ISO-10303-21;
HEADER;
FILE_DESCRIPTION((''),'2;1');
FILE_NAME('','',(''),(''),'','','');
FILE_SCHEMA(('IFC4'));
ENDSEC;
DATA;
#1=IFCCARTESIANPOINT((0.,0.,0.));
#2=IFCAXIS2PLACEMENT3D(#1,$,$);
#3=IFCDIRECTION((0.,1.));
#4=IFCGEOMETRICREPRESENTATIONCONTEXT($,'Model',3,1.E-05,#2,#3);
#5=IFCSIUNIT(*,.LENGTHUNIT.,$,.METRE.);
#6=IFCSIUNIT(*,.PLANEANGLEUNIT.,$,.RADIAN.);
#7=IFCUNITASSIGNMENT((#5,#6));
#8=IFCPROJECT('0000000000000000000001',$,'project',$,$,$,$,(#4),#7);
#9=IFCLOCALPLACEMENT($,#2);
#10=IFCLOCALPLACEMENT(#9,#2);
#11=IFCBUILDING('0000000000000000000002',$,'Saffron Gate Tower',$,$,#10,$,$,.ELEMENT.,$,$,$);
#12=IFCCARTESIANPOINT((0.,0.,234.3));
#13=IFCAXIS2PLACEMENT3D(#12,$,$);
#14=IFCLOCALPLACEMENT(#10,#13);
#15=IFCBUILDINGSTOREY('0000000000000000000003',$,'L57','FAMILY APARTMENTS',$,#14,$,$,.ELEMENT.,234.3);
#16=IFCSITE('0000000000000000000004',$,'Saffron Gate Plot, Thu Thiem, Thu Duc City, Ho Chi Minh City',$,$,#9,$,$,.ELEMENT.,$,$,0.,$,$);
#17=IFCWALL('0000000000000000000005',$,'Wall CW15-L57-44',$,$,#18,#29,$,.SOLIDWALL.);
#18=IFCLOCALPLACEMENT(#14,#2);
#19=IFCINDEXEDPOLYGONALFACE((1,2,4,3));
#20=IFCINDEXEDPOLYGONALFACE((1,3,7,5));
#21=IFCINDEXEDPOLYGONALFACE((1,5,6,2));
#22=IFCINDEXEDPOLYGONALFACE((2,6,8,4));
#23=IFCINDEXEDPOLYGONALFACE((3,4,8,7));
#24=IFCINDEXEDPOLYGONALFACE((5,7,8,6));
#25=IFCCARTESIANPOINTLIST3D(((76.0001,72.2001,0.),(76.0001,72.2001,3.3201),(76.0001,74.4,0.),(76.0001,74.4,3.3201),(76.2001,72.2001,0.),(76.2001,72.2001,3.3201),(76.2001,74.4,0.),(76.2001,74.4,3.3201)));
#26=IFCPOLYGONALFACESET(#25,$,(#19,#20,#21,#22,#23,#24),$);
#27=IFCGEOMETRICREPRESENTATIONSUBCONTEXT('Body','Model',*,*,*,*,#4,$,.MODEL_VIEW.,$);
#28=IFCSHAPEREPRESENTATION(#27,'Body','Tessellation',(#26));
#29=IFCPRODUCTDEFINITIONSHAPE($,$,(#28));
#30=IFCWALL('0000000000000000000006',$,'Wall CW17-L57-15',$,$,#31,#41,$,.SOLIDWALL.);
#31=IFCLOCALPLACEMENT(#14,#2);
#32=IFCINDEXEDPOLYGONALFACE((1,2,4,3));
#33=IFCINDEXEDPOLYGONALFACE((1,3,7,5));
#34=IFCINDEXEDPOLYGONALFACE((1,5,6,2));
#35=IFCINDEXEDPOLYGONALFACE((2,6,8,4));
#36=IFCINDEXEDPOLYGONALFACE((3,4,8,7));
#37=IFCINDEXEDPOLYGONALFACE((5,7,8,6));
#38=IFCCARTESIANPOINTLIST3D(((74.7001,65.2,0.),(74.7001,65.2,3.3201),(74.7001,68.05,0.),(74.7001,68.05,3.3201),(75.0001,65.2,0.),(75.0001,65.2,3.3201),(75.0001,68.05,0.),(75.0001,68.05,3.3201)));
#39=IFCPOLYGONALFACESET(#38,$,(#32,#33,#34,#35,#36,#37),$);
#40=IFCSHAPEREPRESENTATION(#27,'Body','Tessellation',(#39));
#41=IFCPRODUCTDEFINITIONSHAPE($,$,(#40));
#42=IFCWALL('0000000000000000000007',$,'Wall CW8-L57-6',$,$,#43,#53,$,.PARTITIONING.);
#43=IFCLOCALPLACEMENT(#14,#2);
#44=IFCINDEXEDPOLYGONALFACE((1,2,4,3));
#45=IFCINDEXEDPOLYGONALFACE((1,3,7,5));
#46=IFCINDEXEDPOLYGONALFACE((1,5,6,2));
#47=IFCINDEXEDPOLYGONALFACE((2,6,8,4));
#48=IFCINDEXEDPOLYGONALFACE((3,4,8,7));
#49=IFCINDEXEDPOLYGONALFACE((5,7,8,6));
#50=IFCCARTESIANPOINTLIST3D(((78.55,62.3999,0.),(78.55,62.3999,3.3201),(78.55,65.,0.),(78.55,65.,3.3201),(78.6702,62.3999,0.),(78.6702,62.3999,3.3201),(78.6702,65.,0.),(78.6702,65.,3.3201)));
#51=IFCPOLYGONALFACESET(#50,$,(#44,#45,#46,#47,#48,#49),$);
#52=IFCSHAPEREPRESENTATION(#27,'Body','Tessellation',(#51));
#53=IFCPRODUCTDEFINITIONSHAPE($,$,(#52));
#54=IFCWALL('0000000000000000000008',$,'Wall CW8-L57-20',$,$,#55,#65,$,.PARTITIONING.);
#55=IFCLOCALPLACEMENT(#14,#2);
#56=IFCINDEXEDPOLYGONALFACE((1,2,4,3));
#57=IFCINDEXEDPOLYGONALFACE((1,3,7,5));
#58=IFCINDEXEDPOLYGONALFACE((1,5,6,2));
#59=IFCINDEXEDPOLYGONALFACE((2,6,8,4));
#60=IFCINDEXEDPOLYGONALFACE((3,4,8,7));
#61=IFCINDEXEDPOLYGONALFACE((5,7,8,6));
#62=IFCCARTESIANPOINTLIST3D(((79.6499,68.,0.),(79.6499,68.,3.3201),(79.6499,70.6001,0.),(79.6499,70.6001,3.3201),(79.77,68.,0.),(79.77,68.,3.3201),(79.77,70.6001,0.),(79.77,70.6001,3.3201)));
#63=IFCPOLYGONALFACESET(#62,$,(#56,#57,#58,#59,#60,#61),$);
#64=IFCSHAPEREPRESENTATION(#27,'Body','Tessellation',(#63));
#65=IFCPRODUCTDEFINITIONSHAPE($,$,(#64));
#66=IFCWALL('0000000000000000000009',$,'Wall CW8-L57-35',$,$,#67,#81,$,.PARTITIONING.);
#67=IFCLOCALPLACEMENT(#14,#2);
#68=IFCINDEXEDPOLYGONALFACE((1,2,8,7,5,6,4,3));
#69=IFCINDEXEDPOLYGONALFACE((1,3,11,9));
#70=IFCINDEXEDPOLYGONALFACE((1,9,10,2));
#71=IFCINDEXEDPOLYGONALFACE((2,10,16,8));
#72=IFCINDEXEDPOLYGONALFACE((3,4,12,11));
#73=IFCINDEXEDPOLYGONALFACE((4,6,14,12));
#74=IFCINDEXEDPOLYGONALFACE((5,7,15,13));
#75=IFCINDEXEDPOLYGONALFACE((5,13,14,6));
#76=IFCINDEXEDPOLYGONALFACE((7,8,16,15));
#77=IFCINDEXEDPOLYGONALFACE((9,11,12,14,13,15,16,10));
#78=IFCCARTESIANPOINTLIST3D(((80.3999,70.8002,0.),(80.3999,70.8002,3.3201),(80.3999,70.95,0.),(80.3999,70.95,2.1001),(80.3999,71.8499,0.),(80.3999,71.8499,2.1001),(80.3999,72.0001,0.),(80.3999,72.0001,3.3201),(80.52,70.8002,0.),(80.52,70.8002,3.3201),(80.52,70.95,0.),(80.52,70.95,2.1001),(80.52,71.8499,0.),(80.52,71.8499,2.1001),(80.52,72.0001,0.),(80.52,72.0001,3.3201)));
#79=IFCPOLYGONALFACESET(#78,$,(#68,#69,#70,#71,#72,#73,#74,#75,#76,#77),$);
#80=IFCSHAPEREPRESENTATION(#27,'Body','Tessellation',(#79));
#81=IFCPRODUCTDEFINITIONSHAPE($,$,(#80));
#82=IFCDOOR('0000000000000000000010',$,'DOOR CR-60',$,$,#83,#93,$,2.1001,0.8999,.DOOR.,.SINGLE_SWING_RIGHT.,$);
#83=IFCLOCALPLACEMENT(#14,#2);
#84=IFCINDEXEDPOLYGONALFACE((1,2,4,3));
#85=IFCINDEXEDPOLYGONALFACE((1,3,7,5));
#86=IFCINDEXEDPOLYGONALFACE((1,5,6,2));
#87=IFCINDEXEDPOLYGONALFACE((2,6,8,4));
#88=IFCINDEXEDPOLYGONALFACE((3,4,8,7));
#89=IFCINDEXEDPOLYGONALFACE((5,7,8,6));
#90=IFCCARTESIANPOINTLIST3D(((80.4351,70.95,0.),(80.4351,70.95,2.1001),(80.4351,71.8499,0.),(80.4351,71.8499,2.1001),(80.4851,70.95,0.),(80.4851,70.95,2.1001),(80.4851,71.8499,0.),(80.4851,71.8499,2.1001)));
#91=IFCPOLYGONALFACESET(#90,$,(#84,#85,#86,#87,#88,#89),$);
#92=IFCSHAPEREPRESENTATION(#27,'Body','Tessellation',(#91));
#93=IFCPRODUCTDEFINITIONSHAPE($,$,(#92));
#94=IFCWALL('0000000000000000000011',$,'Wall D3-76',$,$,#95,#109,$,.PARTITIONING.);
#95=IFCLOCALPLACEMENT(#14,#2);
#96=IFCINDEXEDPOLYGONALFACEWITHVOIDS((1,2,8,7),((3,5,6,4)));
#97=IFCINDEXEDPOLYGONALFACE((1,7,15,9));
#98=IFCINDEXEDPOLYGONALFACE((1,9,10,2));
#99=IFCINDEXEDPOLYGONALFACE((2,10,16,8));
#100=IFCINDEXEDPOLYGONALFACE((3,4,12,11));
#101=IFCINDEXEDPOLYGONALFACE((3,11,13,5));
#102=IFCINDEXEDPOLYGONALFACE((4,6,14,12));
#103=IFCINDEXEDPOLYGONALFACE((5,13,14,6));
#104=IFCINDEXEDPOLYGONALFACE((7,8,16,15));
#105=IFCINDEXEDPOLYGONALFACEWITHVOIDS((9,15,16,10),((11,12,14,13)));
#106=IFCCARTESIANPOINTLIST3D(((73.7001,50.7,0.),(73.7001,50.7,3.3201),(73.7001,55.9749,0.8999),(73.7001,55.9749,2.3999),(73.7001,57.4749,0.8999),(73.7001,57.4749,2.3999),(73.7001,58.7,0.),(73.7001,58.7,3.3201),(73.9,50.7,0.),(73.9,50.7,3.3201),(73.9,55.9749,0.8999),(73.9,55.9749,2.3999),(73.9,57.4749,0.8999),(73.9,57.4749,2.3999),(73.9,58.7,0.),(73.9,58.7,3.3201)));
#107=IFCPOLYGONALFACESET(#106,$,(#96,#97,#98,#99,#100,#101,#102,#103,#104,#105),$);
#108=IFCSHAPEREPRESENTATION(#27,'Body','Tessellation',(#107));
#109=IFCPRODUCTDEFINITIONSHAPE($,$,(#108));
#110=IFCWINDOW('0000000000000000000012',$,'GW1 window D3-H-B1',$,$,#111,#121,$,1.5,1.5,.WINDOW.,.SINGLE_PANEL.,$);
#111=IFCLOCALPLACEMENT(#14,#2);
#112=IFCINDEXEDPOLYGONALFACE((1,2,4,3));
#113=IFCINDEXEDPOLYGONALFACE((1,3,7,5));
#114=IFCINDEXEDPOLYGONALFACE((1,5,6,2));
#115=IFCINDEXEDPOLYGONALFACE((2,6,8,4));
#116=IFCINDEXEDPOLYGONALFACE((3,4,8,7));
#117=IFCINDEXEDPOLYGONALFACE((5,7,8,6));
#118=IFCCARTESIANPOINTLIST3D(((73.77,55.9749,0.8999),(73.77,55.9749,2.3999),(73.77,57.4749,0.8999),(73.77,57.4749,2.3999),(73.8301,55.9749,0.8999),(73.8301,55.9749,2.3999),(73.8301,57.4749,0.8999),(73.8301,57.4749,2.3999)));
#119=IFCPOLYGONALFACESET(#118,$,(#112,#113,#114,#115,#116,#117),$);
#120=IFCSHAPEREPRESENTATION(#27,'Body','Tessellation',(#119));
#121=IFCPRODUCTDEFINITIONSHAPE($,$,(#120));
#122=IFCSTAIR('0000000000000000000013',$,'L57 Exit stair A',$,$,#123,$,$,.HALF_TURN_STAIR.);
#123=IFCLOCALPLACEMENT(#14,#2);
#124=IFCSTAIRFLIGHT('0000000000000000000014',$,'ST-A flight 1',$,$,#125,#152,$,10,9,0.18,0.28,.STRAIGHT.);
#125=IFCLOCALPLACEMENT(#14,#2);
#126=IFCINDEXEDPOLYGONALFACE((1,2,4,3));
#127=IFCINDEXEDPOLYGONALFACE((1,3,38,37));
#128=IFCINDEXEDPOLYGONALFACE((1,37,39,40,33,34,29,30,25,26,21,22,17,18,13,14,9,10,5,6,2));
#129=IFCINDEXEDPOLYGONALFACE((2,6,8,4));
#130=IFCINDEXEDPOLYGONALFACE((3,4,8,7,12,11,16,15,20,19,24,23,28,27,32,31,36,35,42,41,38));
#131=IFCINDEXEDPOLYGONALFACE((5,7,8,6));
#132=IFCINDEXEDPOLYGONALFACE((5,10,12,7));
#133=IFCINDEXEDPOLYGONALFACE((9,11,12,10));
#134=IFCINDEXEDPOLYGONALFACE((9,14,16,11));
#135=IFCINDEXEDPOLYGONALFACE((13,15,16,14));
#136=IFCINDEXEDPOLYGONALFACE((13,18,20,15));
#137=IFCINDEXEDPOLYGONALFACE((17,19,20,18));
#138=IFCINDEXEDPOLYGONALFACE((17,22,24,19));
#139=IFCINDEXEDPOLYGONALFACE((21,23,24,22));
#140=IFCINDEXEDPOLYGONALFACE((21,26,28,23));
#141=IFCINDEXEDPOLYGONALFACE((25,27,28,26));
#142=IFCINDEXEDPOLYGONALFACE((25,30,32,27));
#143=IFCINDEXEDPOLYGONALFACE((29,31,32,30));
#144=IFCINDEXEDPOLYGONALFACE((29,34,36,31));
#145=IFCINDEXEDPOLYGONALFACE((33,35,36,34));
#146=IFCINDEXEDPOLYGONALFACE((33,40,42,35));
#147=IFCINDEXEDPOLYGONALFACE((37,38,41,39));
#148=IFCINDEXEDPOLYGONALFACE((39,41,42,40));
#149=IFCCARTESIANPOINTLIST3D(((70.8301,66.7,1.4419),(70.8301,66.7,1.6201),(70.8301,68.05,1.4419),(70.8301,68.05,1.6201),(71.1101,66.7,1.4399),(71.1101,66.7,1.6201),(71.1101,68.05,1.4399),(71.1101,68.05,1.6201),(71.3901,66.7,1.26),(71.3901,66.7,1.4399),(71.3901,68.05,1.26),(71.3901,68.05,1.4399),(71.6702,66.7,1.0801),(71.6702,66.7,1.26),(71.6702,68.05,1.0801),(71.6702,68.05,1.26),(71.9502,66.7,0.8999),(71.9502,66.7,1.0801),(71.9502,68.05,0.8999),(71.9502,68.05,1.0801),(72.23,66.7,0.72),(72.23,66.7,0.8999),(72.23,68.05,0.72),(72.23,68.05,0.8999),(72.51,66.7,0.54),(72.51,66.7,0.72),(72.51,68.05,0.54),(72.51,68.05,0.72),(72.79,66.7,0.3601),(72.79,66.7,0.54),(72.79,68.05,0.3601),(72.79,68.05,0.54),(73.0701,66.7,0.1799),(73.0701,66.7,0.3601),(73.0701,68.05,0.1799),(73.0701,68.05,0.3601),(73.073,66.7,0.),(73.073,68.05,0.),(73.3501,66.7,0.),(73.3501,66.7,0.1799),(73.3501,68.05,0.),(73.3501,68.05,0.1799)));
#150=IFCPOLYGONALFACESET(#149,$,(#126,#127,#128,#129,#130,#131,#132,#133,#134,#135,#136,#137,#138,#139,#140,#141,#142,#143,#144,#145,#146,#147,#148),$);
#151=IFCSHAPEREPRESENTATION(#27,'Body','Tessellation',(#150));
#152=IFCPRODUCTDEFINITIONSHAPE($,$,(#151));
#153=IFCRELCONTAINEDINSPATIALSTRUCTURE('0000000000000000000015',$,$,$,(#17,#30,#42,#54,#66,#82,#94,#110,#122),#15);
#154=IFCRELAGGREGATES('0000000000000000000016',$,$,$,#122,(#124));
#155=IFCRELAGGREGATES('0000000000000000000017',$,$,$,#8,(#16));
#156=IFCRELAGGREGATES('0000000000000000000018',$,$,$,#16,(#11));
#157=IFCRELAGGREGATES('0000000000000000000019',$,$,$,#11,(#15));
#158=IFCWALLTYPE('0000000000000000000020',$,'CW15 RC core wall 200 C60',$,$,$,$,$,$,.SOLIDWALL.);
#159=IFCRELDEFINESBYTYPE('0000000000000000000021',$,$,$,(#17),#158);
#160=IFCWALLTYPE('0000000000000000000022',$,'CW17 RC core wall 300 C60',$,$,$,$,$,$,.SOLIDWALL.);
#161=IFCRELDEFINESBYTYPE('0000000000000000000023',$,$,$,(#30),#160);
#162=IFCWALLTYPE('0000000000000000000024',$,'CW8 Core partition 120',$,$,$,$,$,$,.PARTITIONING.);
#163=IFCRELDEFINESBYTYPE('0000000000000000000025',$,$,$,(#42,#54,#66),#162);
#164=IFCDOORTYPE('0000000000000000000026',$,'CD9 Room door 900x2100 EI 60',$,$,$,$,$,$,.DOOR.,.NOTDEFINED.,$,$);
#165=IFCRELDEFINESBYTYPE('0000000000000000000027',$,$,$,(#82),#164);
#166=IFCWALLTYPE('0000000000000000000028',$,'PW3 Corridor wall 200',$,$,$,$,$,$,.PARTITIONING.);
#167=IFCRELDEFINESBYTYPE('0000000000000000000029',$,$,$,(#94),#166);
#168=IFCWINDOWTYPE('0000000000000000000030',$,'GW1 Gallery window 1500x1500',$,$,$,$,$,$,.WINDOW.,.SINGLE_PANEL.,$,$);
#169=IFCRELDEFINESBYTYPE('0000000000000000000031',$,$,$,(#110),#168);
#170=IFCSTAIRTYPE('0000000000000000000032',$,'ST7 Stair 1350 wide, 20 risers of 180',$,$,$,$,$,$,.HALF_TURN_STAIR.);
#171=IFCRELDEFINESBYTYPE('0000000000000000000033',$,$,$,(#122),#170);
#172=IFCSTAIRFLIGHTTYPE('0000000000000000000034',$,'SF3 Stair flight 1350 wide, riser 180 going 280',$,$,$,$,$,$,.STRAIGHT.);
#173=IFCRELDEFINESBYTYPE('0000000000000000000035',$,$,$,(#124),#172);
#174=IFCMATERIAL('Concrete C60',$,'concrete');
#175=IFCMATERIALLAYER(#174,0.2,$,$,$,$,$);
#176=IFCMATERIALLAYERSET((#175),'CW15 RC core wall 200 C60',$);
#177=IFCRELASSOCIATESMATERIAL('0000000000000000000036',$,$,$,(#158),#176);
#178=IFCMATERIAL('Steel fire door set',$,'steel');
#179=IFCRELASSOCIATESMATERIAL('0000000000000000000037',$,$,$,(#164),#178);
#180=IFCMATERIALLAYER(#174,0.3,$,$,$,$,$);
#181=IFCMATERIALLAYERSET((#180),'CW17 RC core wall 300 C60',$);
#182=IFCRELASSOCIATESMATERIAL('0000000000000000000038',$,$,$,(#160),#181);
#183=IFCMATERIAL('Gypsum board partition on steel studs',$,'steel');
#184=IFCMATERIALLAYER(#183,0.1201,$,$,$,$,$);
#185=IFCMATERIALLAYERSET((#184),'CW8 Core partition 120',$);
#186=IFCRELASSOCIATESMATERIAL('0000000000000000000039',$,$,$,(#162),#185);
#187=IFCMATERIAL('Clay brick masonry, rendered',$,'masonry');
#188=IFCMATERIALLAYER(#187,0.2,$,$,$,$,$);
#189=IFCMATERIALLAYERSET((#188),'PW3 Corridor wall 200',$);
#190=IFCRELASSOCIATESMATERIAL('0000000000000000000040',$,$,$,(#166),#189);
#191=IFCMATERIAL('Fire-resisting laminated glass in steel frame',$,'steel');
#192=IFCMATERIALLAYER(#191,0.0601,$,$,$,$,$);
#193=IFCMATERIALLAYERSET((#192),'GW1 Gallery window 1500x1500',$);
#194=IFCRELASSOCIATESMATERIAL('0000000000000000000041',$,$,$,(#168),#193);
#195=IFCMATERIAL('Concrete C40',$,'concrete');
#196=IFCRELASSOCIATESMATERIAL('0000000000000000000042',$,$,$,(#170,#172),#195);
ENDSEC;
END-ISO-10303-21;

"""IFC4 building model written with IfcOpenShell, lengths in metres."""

from ifc_helpers import new_model, si_unit, direction, frame, frame_2d, origin, place, context, subcontext, project, spatial, polyline, rectangle, outline, extrude, material, layer, layer_set, type_object, element, fill, aggregate, save


model = new_model("IFC4")

# Units and contexts
model_context = context("Model", 3, precision=1e-05, world=origin(), true_north=direction((0.0, 1.0)))
body_context = subcontext(model_context, "Body", "Model", "MODEL_VIEW")
ifc_project = project(units=[si_unit("LENGTHUNIT", "METRE"), si_unit("PLANEANGLEUNIT", "RADIAN")], contexts=[model_context])

# Site, building, storey
site_placement = place(None, origin())
site = spatial("IfcSite", under=ifc_project, at=site_placement, Name="Saffron Gate Plot, Thu Thiem, Thu Duc City, Ho Chi Minh City", CompositionType="ELEMENT", RefElevation=0.0)
building_placement = place(site_placement, origin())
building = spatial("IfcBuilding", under=site, at=building_placement, Name="Saffron Gate Tower", CompositionType="ELEMENT")
storey_placement = place(building_placement, frame((0.0, 0.0, 234.3)))
storey = spatial("IfcBuildingStorey", under=building, at=storey_placement, Name="L57", Description="FAMILY APARTMENTS", CompositionType="ELEMENT", Elevation=234.3)

# Shared definitions
ifc_material_1 = material(Name="Concrete C60", Category="concrete")

# Shared definitions
ifc_layer_1 = layer(ifc_material_1, 0.2)
ifc_layer_set_1 = layer_set([ifc_layer_1], Name="CW15 RC core wall 200 C60")
wall_type_1 = type_object("IfcWallType", Name="CW15 RC core wall 200 C60", PredefinedType="SOLIDWALL", material=ifc_layer_set_1)
ifc_material_2 = material(Name="Steel fire door set", Category="steel")
door_type_1 = type_object("IfcDoorType", Name="CD9 Room door 900x2100 EI 60", OperationType="NOTDEFINED", PredefinedType="DOOR", material=ifc_material_2)

# Walls
wall_1_placement = place(storey_placement, frame((76.1001, 72.2, 0.0), z_axis=(0.0, 0.0, 1.0), x_axis=(0.0, 1.0, 0.0)))
element("IfcWall", 1, at=wall_1_placement, inside=storey, type_object=wall_type_1, Name="Wall CW15-L57-44", PredefinedType="SOLIDWALL", context=body_context, shape_type="SweptSolid", body=[
    extrude(rectangle(XDim=2.2, YDim=0.2, at=frame_2d((1.1001, 0.0))), origin(), (0.0, 0.0, 1.0), 3.3201),
])
ifc_layer_2 = layer(ifc_material_1, 0.3)
ifc_layer_set_2 = layer_set([ifc_layer_2], Name="CW17 RC core wall 300 C60")
wall_type_2 = type_object("IfcWallType", Name="CW17 RC core wall 300 C60", PredefinedType="SOLIDWALL", material=ifc_layer_set_2)
wall_2_placement = place(storey_placement, frame((74.8501, 65.2, 0.0), z_axis=(0.0, 0.0, 1.0), x_axis=(0.0, 1.0, 0.0)))
element("IfcWall", 2, at=wall_2_placement, inside=storey, type_object=wall_type_2, Name="Wall CW17-L57-15", PredefinedType="SOLIDWALL", context=body_context, shape_type="SweptSolid", body=[
    extrude(rectangle(XDim=2.8501, YDim=0.3, at=frame_2d((1.425, 0.0))), origin(), (0.0, 0.0, 1.0), 3.3201),
])
ifc_material_3 = material(Name="Gypsum board partition on steel studs", Category="steel")
ifc_layer_3 = layer(ifc_material_3, 0.1201)
ifc_layer_set_3 = layer_set([ifc_layer_3], Name="CW8 Core partition 120")
wall_type_3 = type_object("IfcWallType", Name="CW8 Core partition 120", PredefinedType="PARTITIONING", material=ifc_layer_set_3)
for number, where, z_axis, x_axis, name in (
    (3, (78.6101, 62.3999, 0.0), (0.0, 0.0, 1.0), (0.0, 1.0, 0.0), "Wall CW8-L57-6"),
    (4, (79.71, 68.0, 0.0), (0.0, 0.0, 1.0), (0.0, 1.0, 0.0), "Wall CW8-L57-20"),
):
    element("IfcWall", number, at=place(storey_placement, frame(where, z_axis=z_axis, x_axis=x_axis)), inside=storey, type_object=wall_type_3, Name=name, PredefinedType="PARTITIONING", context=body_context, shape_type="SweptSolid", body=[
        extrude(rectangle(XDim=2.6001, YDim=0.1201, at=frame_2d((1.3, 0.0))), origin(), (0.0, 0.0, 1.0), 3.3201),
    ])

# Wall, opening, door
wall_3_placement = place(storey_placement, frame((80.46, 70.8, 0.0), z_axis=(0.0, 0.0, 1.0), x_axis=(0.0, 1.0, 0.0)))
wall_3 = element("IfcWall", 5, at=wall_3_placement, inside=storey, type_object=wall_type_3, Name="Wall CW8-L57-35", PredefinedType="PARTITIONING", context=body_context, shape_type="SweptSolid", body=[
    extrude(rectangle(XDim=1.2, YDim=0.1201, at=frame_2d((0.6001, 0.0))), origin(), (0.0, 0.0, 1.0), 3.3201),
])
opening_1_placement = place(wall_3_placement, frame((0.1499, 0.0, 0.0)))
opening_1 = element("IfcOpeningElement", 6, at=opening_1_placement, cuts=wall_3, PredefinedType="OPENING", context=body_context, shape_type="SweptSolid", body=[
    extrude(rectangle(XDim=0.8999, YDim=2.1001, at=frame_2d((0.45, 1.05))), frame((0.0, 0.0701, 0.0), z_axis=(0.0, -1.0, 0.0), x_axis=(1.0, 0.0, 0.0)), (0.0, 0.0, 1.0), 0.1401),
])
door_1_placement = place(opening_1_placement, origin())
door_1 = element("IfcDoor", 7, at=door_1_placement, inside=storey, type_object=door_type_1, Name="DOOR CR-60", OperationType="SINGLE_SWING_RIGHT", OverallHeight=2.1001, OverallWidth=0.8999, PredefinedType="DOOR", context=body_context, shape_type="SweptSolid", body=[
    extrude(rectangle(XDim=0.8999, YDim=2.1001, at=frame_2d((0.45, 1.05))), frame((0.0, 0.0249, 0.0), z_axis=(0.0, -1.0, 0.0), x_axis=(1.0, 0.0, 0.0)), (0.0, 0.0, 1.0), 0.05),
])
fill(opening_1, door_1)

# Wall, opening, window
ifc_material_4 = material(Name="Clay brick masonry, rendered", Category="masonry")
ifc_layer_4 = layer(ifc_material_4, 0.2)
ifc_layer_set_4 = layer_set([ifc_layer_4], Name="PW3 Corridor wall 200")
wall_type_4 = type_object("IfcWallType", Name="PW3 Corridor wall 200", PredefinedType="PARTITIONING", material=ifc_layer_set_4)
wall_4_placement = place(storey_placement, frame((73.8, 58.7, 0.0), z_axis=(0.0, 0.0, 1.0), x_axis=(0.0, -1.0, 0.0)))
wall_4 = element("IfcWall", 8, at=wall_4_placement, inside=storey, type_object=wall_type_4, Name="Wall D3-76", PredefinedType="PARTITIONING", context=body_context, shape_type="SweptSolid", body=[
    extrude(rectangle(XDim=8.0, YDim=0.2, at=frame_2d((4.0, 0.0))), origin(), (0.0, 0.0, 1.0), 3.3201),
])
opening_2_placement = place(wall_4_placement, frame((1.2251, 0.0, 0.8999)))
opening_2 = element("IfcOpeningElement", 9, at=opening_2_placement, cuts=wall_4, PredefinedType="OPENING", context=body_context, shape_type="SweptSolid", body=[
    extrude(rectangle(XDim=1.5, YDim=1.5, at=frame_2d((0.75, 0.75))), frame((0.0, 0.1099, 0.0), z_axis=(0.0, -1.0, 0.0), x_axis=(1.0, 0.0, 0.0)), (0.0, 0.0, 1.0), 0.22),
])
ifc_material_5 = material(Name="Fire-resisting laminated glass in steel frame", Category="steel")
ifc_layer_5 = layer(ifc_material_5, 0.0601)
ifc_layer_set_5 = layer_set([ifc_layer_5], Name="GW1 Gallery window 1500x1500")
window_type = type_object("IfcWindowType", Name="GW1 Gallery window 1500x1500", PartitioningType="SINGLE_PANEL", PredefinedType="WINDOW", material=ifc_layer_set_5)
window_placement = place(opening_2_placement, origin())
window = element("IfcWindow", 10, at=window_placement, inside=storey, type_object=window_type, Name="GW1 window D3-H-B1", OverallHeight=1.5, OverallWidth=1.5, PartitioningType="SINGLE_PANEL", PredefinedType="WINDOW", context=body_context, shape_type="SweptSolid", body=[
    extrude(rectangle(XDim=1.5, YDim=1.5, at=frame_2d((0.75, 0.75))), frame((0.0, 0.03, 0.0), z_axis=(0.0, -1.0, 0.0), x_axis=(1.0, 0.0, 0.0)), (0.0, 0.0, 1.0), 0.0601),
])
fill(opening_2, window)

# Stair, stair flight
ifc_material_6 = material(Name="Concrete C40", Category="concrete")
stair_type = type_object("IfcStairType", Name="ST7 Stair 1350 wide, 20 risers of 180", PredefinedType="HALF_TURN_STAIR", material=ifc_material_6)
stair_placement = place(storey_placement, origin())
stair = element("IfcStair", 11, at=stair_placement, inside=storey, type_object=stair_type, Name="L57 Exit stair A", PredefinedType="HALF_TURN_STAIR")
stair_flight_type = type_object("IfcStairFlightType", Name="SF3 Stair flight 1350 wide, riser 180 going 280", PredefinedType="STRAIGHT", material=ifc_material_6)
stair_flight_placement = place(storey_placement, frame((73.3501, 67.375, 0.0), z_axis=(0.0, 0.0, 1.0), x_axis=(-1.0, 0.0, 0.0)))
stair_flight = element("IfcStairFlight", 12, at=stair_flight_placement, type_object=stair_flight_type, Name="ST-A flight 1", NumberOfRisers=10, NumberOfTreads=9, PredefinedType="STRAIGHT", RiserHeight=0.18, TreadLength=0.28, context=body_context, shape_type="SweptSolid", body=[
    extrude(outline(polyline([(0.0, 0.0), (0.0, 0.1799), (0.28, 0.1799), (0.28, 0.3601), (0.5601, 0.3601), (0.5601, 0.54), (0.8401, 0.54), (0.8401, 0.72), (1.1201, 0.72), (1.1201, 0.8999), (1.3999, 0.8999), (1.3999, 1.0801), (1.6799, 1.0801), (1.6799, 1.26), (1.96, 1.26), (1.96, 1.4399), (2.24, 1.4399), (2.24, 1.6201), (2.52, 1.6201), (2.52, 1.8), (2.52, 1.4419), (0.2771, 0.0), (0.0, 0.0)])), frame((0.0, 0.675, 0.0), z_axis=(0.0, -1.0, 0.0), x_axis=(1.0, 0.0, 0.0)), (0.0, 0.0, 1.0), 1.3501),
])
aggregate(stair, [stair_flight])

save(model, "model.ifc")
